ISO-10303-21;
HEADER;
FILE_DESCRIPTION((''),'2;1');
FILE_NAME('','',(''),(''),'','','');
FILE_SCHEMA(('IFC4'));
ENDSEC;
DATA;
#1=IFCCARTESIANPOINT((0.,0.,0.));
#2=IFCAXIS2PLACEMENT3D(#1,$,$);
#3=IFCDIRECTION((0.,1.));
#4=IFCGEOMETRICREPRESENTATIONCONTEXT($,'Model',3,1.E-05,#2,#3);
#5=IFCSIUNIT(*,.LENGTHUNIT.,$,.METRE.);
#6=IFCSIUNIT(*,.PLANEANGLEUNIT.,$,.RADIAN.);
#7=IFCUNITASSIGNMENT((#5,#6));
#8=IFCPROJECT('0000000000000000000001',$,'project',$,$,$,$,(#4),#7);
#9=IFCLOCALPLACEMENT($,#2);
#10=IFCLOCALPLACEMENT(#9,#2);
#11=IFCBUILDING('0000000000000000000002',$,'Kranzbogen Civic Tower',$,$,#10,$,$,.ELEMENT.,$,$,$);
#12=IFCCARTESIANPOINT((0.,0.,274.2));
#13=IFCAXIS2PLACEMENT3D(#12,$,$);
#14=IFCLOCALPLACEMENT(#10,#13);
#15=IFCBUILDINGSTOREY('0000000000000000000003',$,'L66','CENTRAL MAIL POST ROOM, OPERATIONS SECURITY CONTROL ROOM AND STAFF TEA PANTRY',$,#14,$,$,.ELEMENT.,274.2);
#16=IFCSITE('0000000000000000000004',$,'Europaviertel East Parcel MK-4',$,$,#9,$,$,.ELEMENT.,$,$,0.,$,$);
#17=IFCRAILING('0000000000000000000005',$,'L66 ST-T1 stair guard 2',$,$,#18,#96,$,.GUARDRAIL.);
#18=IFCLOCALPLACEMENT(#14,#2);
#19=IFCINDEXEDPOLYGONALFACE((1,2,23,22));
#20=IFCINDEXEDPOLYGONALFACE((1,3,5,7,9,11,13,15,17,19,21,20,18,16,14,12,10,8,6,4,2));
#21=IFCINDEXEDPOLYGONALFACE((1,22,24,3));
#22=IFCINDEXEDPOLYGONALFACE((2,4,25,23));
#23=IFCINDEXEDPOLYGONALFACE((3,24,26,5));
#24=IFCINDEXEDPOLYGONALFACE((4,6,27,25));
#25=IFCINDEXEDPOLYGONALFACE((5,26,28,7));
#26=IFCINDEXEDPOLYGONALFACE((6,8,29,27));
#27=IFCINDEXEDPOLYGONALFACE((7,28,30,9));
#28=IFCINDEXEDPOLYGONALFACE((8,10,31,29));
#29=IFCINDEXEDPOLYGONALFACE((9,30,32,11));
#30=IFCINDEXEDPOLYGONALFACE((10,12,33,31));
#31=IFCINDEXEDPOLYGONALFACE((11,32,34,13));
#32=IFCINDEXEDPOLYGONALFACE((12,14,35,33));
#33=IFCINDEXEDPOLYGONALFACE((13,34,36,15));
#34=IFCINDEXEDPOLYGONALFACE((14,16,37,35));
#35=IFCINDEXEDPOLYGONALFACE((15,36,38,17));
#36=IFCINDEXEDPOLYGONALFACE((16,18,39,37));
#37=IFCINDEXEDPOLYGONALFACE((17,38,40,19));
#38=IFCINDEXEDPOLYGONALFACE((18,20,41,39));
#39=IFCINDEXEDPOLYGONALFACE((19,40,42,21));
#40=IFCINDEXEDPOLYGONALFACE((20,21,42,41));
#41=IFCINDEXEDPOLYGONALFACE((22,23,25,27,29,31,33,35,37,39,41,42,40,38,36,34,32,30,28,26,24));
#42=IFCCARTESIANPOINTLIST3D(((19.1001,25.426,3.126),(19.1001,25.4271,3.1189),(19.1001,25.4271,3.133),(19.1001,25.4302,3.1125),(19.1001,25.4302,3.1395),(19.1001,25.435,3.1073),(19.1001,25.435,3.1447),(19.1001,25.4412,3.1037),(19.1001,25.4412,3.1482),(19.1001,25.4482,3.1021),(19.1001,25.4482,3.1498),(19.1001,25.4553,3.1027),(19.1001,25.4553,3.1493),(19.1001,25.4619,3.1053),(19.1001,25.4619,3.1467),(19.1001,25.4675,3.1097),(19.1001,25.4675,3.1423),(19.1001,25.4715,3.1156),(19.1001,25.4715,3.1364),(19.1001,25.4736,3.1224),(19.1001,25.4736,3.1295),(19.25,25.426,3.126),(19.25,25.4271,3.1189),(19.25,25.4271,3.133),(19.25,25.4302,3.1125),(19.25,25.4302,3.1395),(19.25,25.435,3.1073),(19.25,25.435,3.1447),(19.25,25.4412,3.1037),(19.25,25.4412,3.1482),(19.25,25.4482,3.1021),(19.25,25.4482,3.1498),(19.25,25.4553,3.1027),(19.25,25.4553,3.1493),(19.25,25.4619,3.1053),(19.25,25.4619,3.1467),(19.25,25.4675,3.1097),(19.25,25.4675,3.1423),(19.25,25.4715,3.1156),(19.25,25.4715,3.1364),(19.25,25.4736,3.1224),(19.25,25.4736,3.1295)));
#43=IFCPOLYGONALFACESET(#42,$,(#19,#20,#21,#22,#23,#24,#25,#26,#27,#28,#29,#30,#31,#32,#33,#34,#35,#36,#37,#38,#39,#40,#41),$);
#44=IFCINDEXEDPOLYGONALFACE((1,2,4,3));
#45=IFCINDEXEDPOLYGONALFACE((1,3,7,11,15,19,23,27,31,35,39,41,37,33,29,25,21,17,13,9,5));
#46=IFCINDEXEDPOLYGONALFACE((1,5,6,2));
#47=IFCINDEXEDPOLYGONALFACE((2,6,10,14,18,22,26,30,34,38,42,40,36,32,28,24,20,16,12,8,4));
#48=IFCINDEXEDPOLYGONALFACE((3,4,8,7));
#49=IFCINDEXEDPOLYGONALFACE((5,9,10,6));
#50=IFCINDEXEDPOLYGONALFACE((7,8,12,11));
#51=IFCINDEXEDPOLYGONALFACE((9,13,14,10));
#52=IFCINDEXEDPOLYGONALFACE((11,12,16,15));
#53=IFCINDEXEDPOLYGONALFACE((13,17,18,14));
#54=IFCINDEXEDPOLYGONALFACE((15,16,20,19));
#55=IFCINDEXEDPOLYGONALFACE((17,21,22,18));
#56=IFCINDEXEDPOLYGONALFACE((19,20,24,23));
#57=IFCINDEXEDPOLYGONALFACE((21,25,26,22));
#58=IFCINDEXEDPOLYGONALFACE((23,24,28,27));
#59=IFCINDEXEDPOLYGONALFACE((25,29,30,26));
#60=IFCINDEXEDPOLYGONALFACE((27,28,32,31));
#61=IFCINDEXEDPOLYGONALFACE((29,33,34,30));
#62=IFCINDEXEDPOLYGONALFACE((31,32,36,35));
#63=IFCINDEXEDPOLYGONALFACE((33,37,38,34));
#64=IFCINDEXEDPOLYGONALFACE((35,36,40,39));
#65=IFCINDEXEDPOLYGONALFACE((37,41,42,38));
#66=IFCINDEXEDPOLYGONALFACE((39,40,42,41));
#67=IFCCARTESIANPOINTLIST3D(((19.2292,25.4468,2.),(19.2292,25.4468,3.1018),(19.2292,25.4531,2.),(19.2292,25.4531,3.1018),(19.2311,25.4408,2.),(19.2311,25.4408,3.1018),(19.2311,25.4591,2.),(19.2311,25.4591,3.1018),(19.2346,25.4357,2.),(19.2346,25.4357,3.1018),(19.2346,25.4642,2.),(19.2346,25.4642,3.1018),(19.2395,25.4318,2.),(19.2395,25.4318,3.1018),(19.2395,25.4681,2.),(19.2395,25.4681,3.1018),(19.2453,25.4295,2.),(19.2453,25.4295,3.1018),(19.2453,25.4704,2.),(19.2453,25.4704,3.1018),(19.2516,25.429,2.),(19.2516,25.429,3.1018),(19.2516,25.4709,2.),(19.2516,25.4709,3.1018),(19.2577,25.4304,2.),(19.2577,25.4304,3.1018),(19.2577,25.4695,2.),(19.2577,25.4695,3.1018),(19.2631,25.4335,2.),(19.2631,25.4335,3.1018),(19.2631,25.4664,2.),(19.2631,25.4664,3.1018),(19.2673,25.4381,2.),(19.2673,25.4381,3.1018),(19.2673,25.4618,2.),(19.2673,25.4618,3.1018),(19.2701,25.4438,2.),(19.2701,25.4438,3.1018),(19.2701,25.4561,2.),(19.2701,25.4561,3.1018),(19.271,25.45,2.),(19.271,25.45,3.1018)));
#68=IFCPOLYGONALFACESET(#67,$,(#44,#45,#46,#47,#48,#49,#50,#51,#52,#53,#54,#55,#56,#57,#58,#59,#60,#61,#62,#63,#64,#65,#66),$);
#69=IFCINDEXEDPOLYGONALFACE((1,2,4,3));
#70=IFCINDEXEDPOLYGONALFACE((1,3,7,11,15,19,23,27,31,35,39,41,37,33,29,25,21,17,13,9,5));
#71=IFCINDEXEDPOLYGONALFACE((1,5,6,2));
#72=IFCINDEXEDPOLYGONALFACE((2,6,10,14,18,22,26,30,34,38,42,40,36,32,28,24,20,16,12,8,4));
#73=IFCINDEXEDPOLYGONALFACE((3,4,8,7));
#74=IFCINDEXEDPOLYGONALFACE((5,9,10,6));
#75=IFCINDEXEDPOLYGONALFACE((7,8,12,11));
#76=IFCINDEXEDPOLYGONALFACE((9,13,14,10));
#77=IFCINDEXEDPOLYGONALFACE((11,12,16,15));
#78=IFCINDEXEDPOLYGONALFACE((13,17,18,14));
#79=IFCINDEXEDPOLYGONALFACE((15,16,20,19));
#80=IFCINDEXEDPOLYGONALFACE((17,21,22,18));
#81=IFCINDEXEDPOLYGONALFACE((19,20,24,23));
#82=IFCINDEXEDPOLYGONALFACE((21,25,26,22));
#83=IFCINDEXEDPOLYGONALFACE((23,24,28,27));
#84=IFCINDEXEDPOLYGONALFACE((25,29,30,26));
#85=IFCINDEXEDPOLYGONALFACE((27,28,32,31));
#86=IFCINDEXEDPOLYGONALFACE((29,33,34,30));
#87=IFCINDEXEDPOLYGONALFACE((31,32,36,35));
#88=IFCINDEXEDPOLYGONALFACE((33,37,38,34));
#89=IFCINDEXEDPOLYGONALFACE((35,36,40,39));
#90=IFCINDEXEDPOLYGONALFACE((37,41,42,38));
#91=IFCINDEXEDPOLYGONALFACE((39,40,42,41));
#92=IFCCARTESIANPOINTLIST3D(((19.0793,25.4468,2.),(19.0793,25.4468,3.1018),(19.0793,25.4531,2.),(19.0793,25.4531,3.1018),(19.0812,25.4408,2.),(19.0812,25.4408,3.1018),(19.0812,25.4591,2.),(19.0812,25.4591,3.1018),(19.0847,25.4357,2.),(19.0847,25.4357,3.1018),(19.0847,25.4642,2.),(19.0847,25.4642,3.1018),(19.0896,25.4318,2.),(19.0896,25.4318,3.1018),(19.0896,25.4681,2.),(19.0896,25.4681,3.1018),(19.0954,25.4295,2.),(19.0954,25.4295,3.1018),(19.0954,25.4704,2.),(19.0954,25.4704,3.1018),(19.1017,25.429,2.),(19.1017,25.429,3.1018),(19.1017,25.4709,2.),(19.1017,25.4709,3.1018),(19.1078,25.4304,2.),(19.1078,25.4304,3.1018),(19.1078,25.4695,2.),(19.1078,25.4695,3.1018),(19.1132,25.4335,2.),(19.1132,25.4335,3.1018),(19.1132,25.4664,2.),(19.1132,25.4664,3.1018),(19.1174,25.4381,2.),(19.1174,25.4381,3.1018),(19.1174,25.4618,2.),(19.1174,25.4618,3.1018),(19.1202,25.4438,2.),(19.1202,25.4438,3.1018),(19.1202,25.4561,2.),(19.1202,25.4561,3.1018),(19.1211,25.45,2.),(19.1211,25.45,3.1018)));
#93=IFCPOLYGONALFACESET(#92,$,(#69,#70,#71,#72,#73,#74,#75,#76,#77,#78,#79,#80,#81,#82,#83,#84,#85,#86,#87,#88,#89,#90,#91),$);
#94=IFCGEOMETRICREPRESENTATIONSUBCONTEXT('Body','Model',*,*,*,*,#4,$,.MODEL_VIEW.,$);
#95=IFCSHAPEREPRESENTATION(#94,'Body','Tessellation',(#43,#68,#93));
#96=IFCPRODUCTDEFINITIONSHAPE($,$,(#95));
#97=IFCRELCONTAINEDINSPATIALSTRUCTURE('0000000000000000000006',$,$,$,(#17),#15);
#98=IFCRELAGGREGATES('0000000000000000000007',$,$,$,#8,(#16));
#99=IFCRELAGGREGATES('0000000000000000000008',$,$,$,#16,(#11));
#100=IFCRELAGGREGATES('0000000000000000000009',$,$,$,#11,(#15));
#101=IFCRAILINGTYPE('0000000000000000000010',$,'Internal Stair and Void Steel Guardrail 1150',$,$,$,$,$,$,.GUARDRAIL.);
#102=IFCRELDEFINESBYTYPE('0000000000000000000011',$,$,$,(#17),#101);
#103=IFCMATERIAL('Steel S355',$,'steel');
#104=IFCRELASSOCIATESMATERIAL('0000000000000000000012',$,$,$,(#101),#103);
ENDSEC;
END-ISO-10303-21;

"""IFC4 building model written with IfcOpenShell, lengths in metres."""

from ifc_helpers import new_model, si_unit, direction, frame, origin, origin_2d, place, context, subcontext, project, spatial, circle, extrude, material, type_object, element, save


model = new_model("IFC4")

# Units and contexts
model_context = context("Model", 3, precision=1e-05, world=origin(), true_north=direction((0.0, 1.0)))
body_context = subcontext(model_context, "Body", "Model", "MODEL_VIEW")
ifc_project = project(units=[si_unit("LENGTHUNIT", "METRE"), si_unit("PLANEANGLEUNIT", "RADIAN")], contexts=[model_context])

# Site, building, storey
site_placement = place(None, origin())
site = spatial("IfcSite", under=ifc_project, at=site_placement, Name="Europaviertel East Parcel MK-4", CompositionType="ELEMENT", RefElevation=0.0)
building_placement = place(site_placement, origin())
building = spatial("IfcBuilding", under=site, at=building_placement, Name="Kranzbogen Civic Tower", CompositionType="ELEMENT")
storey_placement = place(building_placement, frame((0.0, 0.0, 274.2)))
storey = spatial("IfcBuildingStorey", under=building, at=storey_placement, Name="L66", Description="CENTRAL MAIL POST ROOM, OPERATIONS SECURITY CONTROL ROOM AND STAFF TEA PANTRY", CompositionType="ELEMENT", Elevation=274.2)

# Shared definitions
ifc_material_1 = material(Name="Steel S355", Category="steel")

# Railing
railing_type_1 = type_object("IfcRailingType", Name="Internal Stair and Void Steel Guardrail 1150", PredefinedType="GUARDRAIL", material=ifc_material_1)
railing_1_placement = place(storey_placement, frame((19.25, 25.45, 2.0)))
element("IfcRailing", 1, at=railing_1_placement, inside=storey, type_object=railing_type_1, Name="L66 ST-T1 stair guard 2", PredefinedType="GUARDRAIL", context=body_context, shape_type="SweptSolid", body=[
    extrude(circle(Radius=0.0239, at=origin_2d()), frame((0.0, 0.0, 1.126), z_axis=(-1.0, 0.0, 0.0), x_axis=(0.0, -1.0, 0.0)), (0.0, 0.0, 1.0), 0.1499),
    extrude(circle(Radius=0.021, at=origin_2d()), origin(), (0.0, 0.0, 1.0), 1.1018),
    extrude(circle(Radius=0.021, at=origin_2d()), frame((-0.1499, 0.0, 0.0)), (0.0, 0.0, 1.0), 1.1018),
])

save(model, "model.ifc")
